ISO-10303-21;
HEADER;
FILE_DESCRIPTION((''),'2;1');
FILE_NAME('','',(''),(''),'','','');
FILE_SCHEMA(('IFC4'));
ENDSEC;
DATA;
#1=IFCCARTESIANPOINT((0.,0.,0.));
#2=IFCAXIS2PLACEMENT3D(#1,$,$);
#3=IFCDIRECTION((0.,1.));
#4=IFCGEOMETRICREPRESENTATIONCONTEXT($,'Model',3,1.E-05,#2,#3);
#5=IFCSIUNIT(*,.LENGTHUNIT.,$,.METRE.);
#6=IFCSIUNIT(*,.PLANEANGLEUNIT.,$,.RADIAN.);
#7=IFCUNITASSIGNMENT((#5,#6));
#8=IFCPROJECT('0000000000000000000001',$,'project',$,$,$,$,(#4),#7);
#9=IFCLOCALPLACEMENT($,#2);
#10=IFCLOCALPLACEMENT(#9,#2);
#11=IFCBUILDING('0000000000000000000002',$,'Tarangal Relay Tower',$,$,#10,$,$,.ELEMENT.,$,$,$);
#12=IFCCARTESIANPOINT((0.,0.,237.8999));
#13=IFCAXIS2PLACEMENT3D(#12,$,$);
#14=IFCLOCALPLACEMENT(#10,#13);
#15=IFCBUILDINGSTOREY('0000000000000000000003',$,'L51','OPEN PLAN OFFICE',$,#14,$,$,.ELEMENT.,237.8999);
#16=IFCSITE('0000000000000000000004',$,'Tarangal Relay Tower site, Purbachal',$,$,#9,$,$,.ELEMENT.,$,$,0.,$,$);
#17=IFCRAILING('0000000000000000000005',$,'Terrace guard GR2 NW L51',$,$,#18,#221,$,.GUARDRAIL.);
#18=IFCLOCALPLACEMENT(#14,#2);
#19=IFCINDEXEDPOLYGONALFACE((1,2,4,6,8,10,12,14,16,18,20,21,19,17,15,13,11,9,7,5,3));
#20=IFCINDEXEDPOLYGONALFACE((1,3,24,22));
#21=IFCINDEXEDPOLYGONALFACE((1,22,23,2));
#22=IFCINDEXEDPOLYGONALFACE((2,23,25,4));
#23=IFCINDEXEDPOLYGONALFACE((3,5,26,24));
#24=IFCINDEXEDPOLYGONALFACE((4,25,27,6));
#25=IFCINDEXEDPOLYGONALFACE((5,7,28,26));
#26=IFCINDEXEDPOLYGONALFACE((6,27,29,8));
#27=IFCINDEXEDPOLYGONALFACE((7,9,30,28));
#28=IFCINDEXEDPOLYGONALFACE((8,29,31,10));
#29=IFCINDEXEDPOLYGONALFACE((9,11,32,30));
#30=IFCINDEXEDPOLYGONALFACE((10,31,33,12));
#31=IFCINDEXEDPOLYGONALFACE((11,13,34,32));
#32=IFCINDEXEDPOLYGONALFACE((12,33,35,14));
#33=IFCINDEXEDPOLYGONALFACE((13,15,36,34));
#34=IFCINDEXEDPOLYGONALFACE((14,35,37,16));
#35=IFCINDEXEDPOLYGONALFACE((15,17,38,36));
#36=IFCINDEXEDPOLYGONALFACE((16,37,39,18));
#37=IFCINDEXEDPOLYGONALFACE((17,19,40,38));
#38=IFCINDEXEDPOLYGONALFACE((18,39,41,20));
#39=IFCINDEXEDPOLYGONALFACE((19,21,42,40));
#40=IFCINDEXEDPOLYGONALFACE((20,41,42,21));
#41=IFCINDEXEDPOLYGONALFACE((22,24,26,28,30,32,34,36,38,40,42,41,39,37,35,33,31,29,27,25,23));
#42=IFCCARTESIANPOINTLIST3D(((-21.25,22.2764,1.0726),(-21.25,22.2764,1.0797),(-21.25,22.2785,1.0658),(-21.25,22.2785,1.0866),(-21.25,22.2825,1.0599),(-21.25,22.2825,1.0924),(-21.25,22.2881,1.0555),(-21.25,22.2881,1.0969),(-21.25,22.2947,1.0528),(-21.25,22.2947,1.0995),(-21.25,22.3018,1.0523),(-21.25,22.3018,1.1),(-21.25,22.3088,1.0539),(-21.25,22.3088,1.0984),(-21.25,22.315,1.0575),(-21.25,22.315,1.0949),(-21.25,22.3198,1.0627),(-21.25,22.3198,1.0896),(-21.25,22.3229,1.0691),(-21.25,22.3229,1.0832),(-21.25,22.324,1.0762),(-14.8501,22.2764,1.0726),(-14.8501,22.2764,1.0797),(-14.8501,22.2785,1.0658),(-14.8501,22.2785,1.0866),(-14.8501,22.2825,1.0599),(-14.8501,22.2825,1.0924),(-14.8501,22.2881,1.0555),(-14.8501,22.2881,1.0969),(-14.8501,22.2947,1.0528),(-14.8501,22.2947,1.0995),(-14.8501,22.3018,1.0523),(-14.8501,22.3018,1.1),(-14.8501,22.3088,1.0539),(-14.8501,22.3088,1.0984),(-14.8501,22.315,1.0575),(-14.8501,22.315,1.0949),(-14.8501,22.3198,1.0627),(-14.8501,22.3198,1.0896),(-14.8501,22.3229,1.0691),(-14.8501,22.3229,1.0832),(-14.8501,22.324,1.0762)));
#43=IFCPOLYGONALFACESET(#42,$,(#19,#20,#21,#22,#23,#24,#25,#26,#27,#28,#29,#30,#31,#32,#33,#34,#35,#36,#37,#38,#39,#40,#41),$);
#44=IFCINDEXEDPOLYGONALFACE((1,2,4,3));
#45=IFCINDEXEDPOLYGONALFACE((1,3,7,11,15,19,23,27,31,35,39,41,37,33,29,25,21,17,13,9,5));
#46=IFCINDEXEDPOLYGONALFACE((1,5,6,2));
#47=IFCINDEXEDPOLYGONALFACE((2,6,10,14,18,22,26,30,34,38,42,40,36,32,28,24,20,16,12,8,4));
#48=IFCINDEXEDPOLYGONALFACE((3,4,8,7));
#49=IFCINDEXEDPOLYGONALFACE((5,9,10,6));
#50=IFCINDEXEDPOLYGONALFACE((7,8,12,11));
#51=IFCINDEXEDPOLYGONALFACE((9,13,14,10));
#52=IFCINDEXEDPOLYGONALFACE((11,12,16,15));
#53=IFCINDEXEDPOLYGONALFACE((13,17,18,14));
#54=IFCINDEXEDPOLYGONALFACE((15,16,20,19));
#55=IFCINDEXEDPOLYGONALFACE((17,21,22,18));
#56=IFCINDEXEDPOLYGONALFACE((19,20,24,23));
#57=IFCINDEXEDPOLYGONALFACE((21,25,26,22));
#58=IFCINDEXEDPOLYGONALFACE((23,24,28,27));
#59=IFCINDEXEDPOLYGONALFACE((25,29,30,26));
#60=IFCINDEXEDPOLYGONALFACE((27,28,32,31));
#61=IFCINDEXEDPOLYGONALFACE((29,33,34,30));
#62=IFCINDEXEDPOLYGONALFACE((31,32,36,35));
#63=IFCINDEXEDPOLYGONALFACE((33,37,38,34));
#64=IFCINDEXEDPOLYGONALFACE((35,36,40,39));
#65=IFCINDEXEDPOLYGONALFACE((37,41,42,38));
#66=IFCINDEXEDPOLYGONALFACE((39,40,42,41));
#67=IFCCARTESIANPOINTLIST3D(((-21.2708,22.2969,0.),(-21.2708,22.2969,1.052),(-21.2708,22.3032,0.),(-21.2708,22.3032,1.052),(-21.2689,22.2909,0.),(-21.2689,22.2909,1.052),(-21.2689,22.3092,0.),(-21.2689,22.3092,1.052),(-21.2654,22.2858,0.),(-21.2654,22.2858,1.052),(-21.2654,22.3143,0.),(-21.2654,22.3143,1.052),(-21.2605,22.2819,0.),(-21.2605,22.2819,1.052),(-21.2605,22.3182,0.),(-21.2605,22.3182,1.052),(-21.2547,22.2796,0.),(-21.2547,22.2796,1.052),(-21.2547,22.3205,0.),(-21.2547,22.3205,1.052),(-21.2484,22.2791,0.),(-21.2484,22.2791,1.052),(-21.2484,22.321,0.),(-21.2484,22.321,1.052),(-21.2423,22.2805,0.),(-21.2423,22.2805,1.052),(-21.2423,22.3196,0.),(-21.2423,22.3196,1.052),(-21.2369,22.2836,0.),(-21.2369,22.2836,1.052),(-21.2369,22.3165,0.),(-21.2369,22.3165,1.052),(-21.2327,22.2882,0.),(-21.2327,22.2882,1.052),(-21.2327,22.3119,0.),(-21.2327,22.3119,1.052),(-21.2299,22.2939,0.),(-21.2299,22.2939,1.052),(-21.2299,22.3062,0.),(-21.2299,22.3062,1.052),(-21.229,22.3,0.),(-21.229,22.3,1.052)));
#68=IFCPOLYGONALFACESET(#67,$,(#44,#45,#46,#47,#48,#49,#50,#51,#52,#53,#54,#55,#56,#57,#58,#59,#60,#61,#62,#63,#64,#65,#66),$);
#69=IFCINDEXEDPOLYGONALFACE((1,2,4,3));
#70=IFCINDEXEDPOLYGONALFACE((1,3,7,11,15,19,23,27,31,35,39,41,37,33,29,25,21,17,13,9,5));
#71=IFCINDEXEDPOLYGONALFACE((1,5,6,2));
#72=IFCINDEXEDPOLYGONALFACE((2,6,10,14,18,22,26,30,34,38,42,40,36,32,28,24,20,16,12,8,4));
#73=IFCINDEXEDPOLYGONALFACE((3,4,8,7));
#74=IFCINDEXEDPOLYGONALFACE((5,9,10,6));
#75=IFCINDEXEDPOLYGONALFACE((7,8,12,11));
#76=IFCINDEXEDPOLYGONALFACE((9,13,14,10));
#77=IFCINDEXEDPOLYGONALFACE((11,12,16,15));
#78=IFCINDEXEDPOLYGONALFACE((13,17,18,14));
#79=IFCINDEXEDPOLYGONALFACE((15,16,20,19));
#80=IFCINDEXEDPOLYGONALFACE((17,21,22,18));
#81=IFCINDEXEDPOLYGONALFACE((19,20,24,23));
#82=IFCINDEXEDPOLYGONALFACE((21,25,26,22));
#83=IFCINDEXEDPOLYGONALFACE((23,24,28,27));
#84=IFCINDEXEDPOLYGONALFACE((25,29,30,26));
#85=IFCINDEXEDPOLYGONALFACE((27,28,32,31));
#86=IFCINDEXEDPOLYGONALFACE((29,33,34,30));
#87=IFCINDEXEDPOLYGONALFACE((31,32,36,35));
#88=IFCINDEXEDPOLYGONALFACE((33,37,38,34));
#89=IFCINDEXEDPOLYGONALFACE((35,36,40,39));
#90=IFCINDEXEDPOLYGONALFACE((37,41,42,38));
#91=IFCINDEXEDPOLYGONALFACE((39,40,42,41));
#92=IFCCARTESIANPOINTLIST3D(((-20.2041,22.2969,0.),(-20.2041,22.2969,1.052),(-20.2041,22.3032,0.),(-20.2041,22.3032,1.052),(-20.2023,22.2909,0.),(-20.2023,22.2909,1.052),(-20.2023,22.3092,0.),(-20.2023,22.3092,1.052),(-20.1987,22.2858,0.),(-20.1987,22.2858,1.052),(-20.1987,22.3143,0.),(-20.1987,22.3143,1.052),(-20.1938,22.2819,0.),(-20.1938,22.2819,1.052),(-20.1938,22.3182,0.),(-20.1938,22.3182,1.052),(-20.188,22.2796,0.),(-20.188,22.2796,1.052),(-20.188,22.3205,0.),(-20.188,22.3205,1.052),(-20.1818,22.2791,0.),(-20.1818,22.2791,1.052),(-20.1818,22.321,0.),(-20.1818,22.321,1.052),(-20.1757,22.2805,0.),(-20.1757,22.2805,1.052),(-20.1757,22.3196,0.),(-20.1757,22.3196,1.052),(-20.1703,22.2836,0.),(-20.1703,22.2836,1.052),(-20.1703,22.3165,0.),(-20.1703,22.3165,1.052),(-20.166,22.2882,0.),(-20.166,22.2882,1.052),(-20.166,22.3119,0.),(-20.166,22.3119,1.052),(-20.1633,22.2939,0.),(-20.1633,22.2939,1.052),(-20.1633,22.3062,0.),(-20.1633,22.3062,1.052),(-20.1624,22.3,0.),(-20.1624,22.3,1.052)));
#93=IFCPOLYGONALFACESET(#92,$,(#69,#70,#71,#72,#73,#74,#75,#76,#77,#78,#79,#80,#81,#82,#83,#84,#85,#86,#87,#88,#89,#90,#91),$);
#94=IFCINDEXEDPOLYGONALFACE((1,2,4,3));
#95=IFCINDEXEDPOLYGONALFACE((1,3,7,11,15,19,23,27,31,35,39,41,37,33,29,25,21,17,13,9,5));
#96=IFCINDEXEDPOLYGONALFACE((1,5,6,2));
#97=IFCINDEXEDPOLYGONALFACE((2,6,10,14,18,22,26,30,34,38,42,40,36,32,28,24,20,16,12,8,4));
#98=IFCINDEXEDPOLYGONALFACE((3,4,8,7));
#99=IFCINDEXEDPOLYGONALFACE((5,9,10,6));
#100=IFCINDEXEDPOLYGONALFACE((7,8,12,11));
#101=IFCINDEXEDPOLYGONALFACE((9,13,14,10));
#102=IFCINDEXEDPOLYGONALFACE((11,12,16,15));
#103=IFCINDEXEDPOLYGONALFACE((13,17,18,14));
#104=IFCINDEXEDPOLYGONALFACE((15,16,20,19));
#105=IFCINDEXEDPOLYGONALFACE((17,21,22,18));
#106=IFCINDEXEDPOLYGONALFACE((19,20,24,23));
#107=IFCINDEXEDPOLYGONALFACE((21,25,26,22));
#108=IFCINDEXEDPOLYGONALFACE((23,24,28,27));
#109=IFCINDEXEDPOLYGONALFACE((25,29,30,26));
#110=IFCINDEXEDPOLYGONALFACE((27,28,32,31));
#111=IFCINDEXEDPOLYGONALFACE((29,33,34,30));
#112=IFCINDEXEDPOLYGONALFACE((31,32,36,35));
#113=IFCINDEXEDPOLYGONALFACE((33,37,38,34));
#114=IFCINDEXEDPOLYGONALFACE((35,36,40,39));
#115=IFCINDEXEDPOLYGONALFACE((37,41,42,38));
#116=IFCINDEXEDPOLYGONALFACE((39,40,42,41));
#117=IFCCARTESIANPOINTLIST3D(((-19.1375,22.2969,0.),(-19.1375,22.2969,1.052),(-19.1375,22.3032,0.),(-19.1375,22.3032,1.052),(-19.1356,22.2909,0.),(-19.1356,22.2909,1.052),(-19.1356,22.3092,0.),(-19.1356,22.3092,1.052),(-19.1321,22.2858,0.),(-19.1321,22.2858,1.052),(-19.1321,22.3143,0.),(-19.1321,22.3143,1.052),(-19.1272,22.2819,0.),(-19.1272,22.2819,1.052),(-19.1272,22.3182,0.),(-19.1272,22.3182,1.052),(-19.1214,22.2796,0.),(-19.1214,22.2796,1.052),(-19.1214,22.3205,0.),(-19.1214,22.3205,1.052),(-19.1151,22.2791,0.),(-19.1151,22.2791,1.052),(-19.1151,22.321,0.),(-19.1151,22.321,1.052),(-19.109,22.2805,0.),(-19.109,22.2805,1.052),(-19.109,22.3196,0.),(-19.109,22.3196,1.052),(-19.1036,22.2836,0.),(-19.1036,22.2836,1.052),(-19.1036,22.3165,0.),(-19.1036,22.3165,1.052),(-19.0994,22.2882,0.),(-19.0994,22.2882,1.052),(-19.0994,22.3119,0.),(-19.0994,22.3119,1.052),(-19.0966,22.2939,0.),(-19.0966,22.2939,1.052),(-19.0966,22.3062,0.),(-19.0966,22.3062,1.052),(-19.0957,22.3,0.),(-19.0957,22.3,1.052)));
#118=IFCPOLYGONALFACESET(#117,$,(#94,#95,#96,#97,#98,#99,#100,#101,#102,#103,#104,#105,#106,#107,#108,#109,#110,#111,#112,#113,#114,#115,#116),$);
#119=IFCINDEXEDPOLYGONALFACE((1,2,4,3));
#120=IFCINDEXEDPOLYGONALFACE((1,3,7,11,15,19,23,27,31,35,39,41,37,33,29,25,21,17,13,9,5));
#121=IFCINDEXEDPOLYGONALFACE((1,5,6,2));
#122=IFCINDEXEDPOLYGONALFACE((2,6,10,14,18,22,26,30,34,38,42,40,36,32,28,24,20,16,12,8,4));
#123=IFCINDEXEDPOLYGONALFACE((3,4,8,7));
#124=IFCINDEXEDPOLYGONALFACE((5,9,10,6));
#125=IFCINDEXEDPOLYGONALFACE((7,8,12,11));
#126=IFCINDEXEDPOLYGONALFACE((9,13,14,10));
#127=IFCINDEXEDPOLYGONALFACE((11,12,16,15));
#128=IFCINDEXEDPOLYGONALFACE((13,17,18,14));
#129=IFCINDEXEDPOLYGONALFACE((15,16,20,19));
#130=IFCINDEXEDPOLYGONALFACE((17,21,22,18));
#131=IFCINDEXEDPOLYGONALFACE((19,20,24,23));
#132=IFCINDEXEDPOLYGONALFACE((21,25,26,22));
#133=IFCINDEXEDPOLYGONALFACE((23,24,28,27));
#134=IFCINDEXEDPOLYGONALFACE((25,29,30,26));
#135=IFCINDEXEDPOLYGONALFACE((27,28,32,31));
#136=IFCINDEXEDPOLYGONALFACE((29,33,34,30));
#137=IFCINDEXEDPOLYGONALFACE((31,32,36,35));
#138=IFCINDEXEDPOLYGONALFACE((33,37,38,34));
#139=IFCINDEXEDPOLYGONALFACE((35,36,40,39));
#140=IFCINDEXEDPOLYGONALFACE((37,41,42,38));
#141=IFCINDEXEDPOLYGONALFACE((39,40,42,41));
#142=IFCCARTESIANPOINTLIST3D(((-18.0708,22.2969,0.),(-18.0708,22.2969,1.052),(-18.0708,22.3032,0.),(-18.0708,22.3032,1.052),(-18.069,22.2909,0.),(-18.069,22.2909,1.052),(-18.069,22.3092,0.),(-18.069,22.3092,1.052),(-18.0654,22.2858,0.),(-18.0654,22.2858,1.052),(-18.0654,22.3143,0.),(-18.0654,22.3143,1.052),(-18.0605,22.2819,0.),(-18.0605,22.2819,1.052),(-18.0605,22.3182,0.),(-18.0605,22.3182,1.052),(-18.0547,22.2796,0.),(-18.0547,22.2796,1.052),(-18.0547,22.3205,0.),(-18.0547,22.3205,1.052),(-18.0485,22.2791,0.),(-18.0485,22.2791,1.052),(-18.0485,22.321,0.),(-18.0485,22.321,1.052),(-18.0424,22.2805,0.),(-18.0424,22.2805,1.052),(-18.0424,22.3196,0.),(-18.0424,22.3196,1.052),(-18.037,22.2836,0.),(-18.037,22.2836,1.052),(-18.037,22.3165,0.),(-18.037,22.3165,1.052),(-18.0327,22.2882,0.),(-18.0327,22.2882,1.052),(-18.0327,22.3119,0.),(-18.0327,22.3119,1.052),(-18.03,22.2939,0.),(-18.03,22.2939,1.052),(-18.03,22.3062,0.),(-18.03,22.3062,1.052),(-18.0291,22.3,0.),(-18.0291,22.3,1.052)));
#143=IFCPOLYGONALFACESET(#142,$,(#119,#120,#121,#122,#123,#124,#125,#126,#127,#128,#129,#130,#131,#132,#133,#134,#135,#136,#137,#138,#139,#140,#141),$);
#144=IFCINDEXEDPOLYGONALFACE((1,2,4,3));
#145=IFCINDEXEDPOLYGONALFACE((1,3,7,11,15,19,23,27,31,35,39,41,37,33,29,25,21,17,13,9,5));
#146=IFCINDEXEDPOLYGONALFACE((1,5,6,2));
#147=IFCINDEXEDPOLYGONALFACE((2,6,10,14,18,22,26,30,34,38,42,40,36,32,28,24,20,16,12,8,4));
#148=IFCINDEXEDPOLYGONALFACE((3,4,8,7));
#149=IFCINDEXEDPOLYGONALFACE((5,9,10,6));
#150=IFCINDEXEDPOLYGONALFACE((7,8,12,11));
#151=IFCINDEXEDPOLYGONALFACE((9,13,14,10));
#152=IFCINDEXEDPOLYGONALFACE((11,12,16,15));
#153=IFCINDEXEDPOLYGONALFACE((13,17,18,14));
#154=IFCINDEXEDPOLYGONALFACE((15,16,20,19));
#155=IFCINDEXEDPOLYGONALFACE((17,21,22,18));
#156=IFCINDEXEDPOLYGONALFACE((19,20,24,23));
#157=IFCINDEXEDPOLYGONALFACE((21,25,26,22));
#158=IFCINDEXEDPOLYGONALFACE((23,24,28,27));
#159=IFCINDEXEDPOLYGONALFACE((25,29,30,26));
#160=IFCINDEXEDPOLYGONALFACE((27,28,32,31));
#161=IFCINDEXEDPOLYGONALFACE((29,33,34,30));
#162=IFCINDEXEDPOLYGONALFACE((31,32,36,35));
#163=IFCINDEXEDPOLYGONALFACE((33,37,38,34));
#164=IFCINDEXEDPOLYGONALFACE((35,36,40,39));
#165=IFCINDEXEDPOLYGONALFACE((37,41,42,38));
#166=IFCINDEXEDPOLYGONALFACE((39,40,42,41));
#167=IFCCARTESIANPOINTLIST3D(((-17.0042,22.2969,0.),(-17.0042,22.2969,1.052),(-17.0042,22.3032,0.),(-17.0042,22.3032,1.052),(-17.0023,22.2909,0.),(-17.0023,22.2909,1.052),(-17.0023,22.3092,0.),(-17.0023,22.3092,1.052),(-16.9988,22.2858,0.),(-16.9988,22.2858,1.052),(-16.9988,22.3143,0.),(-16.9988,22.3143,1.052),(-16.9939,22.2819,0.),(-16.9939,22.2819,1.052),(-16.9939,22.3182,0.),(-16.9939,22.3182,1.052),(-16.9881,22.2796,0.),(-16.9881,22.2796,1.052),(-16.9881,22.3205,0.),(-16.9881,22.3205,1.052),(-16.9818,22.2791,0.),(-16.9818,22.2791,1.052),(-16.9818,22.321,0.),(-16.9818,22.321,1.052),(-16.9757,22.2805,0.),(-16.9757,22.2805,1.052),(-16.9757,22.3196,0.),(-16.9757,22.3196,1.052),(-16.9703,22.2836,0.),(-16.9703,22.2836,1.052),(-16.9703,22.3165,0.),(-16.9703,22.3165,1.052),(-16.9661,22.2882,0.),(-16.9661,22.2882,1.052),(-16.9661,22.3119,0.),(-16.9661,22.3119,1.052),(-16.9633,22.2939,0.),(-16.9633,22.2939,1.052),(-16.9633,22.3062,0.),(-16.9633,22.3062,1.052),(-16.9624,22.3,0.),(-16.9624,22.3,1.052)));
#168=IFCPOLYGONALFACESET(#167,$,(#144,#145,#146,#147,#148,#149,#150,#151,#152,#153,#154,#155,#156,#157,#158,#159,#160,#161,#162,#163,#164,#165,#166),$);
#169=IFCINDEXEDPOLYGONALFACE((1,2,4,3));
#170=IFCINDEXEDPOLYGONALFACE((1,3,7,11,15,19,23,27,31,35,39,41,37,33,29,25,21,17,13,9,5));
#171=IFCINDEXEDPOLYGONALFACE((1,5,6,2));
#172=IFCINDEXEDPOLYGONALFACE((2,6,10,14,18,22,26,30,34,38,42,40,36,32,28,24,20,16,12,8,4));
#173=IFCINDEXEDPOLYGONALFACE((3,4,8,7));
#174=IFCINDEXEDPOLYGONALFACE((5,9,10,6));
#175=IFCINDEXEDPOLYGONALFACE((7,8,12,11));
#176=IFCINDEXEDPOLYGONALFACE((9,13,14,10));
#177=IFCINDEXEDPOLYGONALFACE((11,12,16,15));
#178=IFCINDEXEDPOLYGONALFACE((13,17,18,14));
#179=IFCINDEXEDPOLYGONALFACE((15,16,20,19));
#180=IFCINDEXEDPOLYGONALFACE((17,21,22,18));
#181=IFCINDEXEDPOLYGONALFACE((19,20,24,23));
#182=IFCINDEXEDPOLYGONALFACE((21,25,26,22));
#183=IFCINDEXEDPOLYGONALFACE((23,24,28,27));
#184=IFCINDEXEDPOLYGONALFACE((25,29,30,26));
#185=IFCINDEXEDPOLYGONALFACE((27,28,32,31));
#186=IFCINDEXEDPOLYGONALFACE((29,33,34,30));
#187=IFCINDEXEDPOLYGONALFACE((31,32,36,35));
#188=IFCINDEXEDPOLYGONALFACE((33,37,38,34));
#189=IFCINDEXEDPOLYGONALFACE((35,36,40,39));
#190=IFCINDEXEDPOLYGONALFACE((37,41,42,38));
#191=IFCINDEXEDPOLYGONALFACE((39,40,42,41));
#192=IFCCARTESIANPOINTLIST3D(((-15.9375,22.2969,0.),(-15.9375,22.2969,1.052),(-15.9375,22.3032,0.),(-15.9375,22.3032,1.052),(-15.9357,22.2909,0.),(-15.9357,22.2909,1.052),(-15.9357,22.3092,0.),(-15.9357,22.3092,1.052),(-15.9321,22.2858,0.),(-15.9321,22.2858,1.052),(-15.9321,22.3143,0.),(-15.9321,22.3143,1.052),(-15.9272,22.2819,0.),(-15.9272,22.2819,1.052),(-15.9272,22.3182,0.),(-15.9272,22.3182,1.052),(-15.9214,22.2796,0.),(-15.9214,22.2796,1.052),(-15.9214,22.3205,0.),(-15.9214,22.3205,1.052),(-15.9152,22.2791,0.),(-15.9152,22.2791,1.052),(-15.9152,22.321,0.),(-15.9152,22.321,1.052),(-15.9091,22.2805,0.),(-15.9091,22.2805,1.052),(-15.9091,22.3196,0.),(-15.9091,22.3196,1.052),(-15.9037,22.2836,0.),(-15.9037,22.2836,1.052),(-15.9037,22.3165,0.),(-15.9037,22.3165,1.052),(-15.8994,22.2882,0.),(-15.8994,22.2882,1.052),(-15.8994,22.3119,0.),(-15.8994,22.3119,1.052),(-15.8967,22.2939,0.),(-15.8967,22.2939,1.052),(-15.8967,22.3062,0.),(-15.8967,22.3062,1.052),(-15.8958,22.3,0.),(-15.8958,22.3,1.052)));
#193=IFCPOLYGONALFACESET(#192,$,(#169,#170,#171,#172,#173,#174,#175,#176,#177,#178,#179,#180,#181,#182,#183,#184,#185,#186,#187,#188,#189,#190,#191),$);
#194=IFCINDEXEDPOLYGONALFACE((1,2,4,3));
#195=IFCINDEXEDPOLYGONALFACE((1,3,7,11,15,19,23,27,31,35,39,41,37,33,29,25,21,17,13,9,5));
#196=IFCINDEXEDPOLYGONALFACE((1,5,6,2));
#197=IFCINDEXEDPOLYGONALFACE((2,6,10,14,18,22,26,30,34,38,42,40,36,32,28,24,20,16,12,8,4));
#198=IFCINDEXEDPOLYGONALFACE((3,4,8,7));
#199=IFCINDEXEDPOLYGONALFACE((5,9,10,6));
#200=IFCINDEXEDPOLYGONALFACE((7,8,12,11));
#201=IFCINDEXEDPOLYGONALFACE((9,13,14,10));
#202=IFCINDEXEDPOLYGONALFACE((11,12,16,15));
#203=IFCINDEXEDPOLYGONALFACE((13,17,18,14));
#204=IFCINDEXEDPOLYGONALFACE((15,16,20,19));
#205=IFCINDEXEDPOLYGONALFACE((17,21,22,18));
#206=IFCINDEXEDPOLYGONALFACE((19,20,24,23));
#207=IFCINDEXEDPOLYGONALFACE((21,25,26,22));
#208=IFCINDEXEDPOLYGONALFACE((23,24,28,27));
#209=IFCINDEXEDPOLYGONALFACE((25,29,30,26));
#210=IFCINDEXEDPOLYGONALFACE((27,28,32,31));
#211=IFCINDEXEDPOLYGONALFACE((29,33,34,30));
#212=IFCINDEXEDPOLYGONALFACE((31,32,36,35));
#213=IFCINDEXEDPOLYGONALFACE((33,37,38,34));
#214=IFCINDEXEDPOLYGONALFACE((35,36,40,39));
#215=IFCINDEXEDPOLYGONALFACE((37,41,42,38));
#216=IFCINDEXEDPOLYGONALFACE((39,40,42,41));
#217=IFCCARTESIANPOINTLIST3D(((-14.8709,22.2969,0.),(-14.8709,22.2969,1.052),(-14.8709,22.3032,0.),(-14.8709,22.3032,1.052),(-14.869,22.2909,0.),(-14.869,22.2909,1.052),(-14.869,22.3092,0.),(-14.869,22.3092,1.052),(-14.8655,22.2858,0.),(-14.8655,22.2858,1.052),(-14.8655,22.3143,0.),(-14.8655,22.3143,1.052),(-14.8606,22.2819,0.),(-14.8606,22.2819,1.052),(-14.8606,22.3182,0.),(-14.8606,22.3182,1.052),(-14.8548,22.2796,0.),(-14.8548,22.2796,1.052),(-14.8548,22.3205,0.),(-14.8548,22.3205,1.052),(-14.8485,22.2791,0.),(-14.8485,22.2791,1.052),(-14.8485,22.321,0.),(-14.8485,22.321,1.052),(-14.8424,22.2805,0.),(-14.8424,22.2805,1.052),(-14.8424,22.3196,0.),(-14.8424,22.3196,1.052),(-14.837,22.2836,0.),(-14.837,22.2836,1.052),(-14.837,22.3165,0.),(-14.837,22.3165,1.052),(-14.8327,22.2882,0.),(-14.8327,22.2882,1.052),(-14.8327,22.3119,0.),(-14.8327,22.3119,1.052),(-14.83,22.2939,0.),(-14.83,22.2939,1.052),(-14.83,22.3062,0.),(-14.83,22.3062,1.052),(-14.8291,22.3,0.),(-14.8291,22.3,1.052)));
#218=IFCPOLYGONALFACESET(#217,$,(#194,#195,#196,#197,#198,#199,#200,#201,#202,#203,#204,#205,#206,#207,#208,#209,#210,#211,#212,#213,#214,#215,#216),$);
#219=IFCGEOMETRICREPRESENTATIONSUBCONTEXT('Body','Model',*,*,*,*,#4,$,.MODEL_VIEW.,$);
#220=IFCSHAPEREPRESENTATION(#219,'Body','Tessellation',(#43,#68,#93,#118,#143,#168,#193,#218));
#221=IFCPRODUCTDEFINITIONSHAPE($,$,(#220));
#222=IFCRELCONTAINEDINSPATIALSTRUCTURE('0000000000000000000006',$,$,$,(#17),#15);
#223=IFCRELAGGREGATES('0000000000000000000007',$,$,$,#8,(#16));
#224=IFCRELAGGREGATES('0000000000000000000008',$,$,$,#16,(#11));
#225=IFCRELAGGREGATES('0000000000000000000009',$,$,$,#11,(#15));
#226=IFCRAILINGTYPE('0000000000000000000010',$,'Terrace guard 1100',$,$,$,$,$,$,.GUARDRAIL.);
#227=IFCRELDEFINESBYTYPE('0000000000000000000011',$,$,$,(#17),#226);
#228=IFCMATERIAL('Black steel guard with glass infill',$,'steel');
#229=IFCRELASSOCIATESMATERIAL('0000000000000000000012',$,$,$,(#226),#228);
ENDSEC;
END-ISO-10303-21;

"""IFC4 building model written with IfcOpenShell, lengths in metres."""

from ifc_helpers import new_model, si_unit, direction, frame, origin, origin_2d, place, context, subcontext, project, spatial, circle, extrude, material, type_object, element, save


model = new_model("IFC4")

# Units and contexts
model_context = context("Model", 3, precision=1e-05, world=origin(), true_north=direction((0.0, 1.0)))
body_context = subcontext(model_context, "Body", "Model", "MODEL_VIEW")
ifc_project = project(units=[si_unit("LENGTHUNIT", "METRE"), si_unit("PLANEANGLEUNIT", "RADIAN")], contexts=[model_context])

# Site, building, storey
site_placement = place(None, origin())
site = spatial("IfcSite", under=ifc_project, at=site_placement, Name="Tarangal Relay Tower site, Purbachal", CompositionType="ELEMENT", RefElevation=0.0)
building_placement = place(site_placement, origin())
building = spatial("IfcBuilding", under=site, at=building_placement, Name="Tarangal Relay Tower", CompositionType="ELEMENT")
storey_placement = place(building_placement, frame((0.0, 0.0, 237.8999)))
storey = spatial("IfcBuildingStorey", under=building, at=storey_placement, Name="L51", Description="OPEN PLAN OFFICE", CompositionType="ELEMENT", Elevation=237.8999)

# Railing
ifc_material_1 = material(Name="Black steel guard with glass infill", Category="steel")
railing_type = type_object("IfcRailingType", Name="Terrace guard 1100", PredefinedType="GUARDRAIL", material=ifc_material_1)
railing_1_placement = place(storey_placement, frame((-21.25, 22.3, 0.0)))
element("IfcRailing", 1, at=railing_1_placement, inside=storey, type_object=railing_type, Name="Terrace guard GR2 NW L51", PredefinedType="GUARDRAIL", context=body_context, shape_type="SweptSolid", body=[
    extrude(circle(Radius=0.0239, at=origin_2d()), frame((0.0, 0.0, 1.0762), z_axis=(1.0, 0.0, 0.0), x_axis=(0.0, 1.0, 0.0)), (0.0, 0.0, 1.0), 6.3999),
    extrude(circle(Radius=0.021, at=origin_2d()), origin(), (0.0, 0.0, 1.0), 1.052),
    extrude(circle(Radius=0.021, at=origin_2d()), frame((1.0667, 0.0, 0.0)), (0.0, 0.0, 1.0), 1.052),
    extrude(circle(Radius=0.021, at=origin_2d()), frame((2.1333, 0.0, 0.0)), (0.0, 0.0, 1.0), 1.052),
    extrude(circle(Radius=0.021, at=origin_2d()), frame((3.2, 0.0, 0.0)), (0.0, 0.0, 1.0), 1.052),
    extrude(circle(Radius=0.021, at=origin_2d()), frame((4.2666, 0.0, 0.0)), (0.0, 0.0, 1.0), 1.052),
    extrude(circle(Radius=0.021, at=origin_2d()), frame((5.3333, 0.0, 0.0)), (0.0, 0.0, 1.0), 1.052),
    extrude(circle(Radius=0.021, at=origin_2d()), frame((6.3999, 0.0, 0.0)), (0.0, 0.0, 1.0), 1.052),
])

save(model, "model.ifc")
